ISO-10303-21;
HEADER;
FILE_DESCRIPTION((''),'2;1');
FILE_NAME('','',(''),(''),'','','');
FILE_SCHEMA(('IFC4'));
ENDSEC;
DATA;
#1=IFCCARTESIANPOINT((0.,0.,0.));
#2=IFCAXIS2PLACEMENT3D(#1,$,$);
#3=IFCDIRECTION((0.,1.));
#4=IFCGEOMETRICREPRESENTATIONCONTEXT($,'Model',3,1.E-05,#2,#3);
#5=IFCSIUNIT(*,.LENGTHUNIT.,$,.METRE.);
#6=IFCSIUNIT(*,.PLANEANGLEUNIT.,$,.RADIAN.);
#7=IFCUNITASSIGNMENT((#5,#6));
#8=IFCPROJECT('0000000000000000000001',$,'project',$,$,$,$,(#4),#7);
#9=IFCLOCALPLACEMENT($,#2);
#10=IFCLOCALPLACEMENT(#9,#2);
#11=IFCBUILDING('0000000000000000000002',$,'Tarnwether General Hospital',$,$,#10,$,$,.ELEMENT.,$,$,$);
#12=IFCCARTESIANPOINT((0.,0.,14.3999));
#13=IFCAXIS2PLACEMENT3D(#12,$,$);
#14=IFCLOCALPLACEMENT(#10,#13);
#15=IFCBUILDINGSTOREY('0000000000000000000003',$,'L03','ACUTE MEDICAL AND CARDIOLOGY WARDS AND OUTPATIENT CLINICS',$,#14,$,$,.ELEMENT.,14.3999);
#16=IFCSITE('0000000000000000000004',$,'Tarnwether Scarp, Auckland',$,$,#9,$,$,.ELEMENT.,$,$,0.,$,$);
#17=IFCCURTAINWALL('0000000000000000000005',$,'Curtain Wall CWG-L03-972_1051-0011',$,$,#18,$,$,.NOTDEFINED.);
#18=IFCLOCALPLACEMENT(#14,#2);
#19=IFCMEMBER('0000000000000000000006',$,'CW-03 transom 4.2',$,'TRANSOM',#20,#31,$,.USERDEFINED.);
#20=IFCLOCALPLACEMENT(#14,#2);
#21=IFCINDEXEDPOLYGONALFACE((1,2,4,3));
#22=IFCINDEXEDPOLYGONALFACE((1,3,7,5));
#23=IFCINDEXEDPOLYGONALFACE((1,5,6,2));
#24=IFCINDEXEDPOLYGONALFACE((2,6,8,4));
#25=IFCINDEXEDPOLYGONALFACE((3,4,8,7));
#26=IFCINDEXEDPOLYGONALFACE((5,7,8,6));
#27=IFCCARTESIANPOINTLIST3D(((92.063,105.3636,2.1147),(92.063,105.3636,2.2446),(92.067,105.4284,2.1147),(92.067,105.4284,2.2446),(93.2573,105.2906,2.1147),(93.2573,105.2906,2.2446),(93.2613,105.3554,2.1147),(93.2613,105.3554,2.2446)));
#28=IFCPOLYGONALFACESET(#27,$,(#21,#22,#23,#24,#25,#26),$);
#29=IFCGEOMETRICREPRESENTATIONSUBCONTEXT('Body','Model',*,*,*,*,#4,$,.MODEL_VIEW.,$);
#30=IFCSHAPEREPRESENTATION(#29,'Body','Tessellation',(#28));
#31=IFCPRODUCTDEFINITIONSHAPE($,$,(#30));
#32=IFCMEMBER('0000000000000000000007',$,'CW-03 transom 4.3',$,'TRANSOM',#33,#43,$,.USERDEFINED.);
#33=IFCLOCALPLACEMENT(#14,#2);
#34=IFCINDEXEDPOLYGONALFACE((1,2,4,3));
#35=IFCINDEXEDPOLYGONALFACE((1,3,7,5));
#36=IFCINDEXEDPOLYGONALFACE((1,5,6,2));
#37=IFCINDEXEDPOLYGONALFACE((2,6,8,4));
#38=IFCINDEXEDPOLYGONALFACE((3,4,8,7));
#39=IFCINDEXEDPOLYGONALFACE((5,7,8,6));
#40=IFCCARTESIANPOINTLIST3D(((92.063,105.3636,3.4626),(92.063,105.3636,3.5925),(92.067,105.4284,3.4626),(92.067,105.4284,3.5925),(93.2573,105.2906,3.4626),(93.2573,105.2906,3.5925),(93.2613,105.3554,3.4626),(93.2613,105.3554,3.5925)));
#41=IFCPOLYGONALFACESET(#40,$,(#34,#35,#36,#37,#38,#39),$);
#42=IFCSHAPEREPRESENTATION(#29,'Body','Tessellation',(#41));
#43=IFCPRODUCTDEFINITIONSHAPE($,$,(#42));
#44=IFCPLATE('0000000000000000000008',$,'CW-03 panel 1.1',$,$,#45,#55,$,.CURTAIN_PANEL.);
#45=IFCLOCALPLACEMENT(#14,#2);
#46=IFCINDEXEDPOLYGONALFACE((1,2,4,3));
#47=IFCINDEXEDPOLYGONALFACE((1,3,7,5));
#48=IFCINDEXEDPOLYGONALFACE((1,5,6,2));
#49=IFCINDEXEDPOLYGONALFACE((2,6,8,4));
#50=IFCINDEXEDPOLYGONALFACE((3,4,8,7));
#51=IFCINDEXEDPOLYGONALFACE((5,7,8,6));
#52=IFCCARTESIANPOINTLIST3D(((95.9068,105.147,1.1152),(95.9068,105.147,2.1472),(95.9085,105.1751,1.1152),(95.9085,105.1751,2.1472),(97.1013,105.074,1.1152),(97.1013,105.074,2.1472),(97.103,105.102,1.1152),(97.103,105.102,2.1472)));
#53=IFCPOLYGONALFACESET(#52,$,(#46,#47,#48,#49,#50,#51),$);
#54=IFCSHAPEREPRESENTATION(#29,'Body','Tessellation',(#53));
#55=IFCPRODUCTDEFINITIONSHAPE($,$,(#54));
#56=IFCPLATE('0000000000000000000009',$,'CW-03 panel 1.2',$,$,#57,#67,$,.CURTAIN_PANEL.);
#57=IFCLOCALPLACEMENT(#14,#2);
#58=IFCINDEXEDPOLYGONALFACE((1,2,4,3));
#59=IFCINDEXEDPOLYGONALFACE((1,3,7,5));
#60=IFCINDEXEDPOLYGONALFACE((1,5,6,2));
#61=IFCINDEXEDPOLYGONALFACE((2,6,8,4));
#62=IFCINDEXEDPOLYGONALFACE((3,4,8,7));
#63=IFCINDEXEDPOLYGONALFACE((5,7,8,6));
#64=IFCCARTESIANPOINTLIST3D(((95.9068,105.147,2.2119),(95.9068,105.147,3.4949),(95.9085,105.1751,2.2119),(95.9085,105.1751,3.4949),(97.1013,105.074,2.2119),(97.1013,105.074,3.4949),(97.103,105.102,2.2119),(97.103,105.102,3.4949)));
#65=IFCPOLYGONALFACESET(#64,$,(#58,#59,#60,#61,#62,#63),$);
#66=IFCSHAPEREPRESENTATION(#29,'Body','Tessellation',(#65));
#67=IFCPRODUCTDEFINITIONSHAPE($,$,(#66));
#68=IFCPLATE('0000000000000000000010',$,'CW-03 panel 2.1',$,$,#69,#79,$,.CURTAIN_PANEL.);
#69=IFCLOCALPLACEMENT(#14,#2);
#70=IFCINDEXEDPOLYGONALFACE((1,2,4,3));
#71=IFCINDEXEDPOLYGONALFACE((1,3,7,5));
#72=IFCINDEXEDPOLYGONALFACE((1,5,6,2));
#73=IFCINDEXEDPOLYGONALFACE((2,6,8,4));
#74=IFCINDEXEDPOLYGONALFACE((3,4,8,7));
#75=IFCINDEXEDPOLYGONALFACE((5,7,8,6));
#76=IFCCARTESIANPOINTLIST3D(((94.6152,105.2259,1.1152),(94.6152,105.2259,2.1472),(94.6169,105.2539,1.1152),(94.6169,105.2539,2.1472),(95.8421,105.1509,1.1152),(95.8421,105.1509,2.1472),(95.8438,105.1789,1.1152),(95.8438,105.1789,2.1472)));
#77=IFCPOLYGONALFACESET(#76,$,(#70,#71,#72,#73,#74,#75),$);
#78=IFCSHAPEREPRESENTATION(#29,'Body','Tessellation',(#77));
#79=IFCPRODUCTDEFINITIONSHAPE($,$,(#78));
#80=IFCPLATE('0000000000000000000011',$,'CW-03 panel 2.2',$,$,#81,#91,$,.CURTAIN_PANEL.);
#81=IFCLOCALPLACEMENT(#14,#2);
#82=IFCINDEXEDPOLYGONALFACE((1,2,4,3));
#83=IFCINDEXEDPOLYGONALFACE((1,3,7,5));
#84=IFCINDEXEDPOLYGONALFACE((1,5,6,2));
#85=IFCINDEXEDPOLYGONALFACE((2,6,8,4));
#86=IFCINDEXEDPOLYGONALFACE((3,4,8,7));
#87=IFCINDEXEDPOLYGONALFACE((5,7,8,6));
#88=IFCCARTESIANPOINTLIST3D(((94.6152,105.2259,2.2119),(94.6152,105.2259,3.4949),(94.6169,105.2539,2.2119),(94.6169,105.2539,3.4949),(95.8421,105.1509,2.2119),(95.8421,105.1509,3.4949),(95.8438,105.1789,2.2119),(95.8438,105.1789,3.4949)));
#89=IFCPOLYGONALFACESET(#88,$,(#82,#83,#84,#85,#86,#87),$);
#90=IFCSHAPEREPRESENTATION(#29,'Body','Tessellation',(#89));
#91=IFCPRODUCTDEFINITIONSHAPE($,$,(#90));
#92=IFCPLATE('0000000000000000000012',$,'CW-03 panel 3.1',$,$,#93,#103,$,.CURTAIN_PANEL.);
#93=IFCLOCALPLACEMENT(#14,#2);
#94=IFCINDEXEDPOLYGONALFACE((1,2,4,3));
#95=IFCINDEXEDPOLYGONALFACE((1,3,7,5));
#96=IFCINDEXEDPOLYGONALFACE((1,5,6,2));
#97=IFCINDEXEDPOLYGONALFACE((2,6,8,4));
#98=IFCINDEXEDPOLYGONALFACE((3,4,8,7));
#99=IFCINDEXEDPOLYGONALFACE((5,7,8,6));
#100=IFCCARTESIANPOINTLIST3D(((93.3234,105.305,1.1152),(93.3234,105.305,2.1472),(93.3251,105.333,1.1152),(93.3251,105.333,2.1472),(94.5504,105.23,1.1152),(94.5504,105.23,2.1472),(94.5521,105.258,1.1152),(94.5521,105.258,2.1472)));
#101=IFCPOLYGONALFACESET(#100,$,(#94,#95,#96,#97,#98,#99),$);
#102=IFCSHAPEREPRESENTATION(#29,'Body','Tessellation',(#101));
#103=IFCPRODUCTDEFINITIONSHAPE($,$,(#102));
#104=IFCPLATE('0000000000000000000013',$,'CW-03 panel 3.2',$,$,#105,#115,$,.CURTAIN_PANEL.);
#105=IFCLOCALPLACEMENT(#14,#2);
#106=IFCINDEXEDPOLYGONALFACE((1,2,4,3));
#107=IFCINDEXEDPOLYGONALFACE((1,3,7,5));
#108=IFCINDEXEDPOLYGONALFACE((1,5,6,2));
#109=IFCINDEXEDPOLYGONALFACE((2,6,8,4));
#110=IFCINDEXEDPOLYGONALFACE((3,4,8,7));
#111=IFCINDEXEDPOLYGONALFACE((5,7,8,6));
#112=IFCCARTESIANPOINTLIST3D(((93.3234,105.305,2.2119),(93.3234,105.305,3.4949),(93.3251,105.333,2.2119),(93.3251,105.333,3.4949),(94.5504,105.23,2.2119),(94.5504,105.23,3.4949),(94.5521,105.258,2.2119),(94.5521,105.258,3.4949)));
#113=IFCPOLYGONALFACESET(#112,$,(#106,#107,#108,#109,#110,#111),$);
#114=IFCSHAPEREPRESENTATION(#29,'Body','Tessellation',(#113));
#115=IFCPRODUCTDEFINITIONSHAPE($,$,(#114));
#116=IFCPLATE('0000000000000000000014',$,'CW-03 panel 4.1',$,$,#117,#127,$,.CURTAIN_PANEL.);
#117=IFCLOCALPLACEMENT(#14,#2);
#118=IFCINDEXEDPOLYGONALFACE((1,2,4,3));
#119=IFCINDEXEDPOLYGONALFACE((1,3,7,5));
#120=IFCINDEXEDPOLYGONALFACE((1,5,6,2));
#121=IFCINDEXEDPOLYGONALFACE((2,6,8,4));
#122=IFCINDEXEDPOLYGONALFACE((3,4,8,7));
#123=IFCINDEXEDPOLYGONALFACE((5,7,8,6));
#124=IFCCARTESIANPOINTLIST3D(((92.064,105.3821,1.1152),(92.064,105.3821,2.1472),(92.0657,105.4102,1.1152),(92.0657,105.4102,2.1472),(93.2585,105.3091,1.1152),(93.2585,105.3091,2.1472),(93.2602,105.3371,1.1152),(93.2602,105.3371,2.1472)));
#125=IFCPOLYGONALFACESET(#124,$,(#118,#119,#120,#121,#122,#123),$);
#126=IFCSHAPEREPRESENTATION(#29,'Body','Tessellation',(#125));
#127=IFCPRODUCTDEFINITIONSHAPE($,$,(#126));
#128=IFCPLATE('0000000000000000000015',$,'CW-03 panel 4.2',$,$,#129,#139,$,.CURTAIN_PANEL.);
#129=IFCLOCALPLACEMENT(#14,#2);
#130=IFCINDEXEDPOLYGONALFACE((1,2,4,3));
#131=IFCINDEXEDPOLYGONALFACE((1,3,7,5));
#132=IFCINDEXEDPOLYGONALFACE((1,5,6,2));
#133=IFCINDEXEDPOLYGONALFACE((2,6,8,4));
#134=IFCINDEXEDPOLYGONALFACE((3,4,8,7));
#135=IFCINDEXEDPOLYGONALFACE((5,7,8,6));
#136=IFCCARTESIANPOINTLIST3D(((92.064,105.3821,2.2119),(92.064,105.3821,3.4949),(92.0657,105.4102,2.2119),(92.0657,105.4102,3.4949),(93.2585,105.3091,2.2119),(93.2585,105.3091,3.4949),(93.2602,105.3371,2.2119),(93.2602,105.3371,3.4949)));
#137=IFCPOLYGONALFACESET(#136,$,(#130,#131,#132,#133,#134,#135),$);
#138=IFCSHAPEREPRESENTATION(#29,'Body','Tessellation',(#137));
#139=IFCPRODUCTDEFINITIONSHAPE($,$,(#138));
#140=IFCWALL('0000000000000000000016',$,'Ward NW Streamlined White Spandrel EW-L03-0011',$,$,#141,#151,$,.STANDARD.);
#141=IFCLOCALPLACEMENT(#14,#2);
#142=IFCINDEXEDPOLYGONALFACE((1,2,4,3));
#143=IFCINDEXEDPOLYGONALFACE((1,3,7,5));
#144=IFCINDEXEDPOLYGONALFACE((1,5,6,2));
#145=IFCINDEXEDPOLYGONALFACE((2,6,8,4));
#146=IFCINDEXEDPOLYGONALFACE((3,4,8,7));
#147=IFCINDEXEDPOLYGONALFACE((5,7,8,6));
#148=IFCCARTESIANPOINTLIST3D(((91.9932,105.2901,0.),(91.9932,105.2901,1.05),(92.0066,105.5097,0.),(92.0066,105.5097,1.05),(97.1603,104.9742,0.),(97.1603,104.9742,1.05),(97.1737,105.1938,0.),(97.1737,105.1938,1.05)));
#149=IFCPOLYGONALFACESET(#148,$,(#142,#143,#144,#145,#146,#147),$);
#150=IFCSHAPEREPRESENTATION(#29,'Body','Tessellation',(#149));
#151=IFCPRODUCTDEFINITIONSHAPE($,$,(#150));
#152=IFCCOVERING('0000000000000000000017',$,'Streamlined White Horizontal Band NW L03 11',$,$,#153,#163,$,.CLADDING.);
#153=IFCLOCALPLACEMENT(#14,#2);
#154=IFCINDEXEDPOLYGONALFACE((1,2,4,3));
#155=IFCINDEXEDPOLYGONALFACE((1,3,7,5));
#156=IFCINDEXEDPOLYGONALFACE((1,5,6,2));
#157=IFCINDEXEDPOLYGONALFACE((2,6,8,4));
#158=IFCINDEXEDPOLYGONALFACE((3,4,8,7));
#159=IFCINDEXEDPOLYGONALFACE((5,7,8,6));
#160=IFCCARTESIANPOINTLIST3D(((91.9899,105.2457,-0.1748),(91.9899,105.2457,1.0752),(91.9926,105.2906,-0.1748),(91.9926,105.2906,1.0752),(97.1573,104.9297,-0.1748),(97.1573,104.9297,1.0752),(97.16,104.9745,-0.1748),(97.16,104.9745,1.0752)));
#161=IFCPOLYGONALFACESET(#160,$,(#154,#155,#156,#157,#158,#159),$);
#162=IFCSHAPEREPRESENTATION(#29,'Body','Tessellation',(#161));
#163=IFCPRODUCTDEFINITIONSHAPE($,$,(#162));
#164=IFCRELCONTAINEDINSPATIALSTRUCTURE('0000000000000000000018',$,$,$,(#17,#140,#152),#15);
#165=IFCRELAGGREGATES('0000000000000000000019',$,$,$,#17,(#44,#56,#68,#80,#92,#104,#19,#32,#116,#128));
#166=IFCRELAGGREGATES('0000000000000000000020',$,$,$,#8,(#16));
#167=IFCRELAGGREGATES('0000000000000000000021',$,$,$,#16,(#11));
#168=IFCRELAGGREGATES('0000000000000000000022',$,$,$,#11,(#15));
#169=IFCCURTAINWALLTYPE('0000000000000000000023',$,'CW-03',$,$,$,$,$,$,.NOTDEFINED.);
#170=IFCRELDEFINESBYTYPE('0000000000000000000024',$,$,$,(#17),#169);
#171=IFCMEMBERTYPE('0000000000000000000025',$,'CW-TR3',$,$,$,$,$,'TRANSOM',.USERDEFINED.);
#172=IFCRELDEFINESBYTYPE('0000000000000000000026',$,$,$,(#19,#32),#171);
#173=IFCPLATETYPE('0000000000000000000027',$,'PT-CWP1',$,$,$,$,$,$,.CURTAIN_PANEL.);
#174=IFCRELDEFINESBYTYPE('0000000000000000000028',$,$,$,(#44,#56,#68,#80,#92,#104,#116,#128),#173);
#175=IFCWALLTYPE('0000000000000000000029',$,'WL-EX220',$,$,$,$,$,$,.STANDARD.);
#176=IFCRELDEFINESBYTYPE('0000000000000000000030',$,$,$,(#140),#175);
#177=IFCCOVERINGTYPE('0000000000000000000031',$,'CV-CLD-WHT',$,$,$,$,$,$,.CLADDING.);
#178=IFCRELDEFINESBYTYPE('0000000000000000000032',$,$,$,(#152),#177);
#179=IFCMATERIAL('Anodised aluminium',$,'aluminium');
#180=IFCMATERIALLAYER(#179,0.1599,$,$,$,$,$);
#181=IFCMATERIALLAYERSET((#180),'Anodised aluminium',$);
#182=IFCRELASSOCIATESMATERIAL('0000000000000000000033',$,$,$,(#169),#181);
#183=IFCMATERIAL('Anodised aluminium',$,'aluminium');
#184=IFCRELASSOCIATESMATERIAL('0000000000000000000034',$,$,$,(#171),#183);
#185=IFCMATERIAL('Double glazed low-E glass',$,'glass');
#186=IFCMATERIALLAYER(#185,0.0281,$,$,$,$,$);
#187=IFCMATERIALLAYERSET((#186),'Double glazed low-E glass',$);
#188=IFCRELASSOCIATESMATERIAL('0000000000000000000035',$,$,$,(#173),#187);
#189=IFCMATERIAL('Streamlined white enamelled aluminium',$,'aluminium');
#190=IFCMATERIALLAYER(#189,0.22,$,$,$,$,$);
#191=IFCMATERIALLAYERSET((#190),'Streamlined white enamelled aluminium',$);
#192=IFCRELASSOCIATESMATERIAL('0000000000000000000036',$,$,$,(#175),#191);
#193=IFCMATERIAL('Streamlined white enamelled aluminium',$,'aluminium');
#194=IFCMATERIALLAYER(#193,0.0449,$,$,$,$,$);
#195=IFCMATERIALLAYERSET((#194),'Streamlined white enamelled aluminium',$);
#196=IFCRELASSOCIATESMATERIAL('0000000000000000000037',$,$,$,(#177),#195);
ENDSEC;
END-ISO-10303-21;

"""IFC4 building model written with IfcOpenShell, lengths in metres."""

from ifc_helpers import new_model, si_unit, direction, frame, frame_2d, origin, origin_2d, place, context, subcontext, project, spatial, rectangle, extrude, material, layer, layer_set, material_profile, profile_set, type_object, element, aggregate, save


model = new_model("IFC4")

# Units and contexts
model_context = context("Model", 3, precision=1e-05, world=origin(), true_north=direction((0.0, 1.0)))
body_context = subcontext(model_context, "Body", "Model", "MODEL_VIEW")
ifc_project = project(units=[si_unit("LENGTHUNIT", "METRE"), si_unit("PLANEANGLEUNIT", "RADIAN")], contexts=[model_context])

# Site, building, storey
site_placement = place(None, origin())
site = spatial("IfcSite", under=ifc_project, at=site_placement, Name="Tarnwether Scarp, Auckland", CompositionType="ELEMENT", RefElevation=0.0)
building_placement = place(site_placement, origin())
building = spatial("IfcBuilding", under=site, at=building_placement, Name="Tarnwether General Hospital", CompositionType="ELEMENT")
storey_placement = place(building_placement, frame((0.0, 0.0, 14.3999)))
storey = spatial("IfcBuildingStorey", under=building, at=storey_placement, Name="L03", Description="ACUTE MEDICAL AND CARDIOLOGY WARDS AND OUTPATIENT CLINICS", CompositionType="ELEMENT", Elevation=14.3999)

# Curtain wall, members, plates
ifc_material_1 = material(Name="Anodised aluminium", Category="aluminium")
ifc_layer_1 = layer(ifc_material_1, 0.1599)
ifc_layer_set_1 = layer_set([ifc_layer_1], Name="Anodised aluminium")
curtain_wall_type = type_object("IfcCurtainWallType", Name="CW-03", PredefinedType="NOTDEFINED", material=ifc_layer_set_1)
curtain_wall_placement = place(storey_placement, origin())
curtain_wall = element("IfcCurtainWall", 1, at=curtain_wall_placement, inside=storey, type_object=curtain_wall_type, Name="Curtain Wall CWG-L03-972_1051-0011", PredefinedType="NOTDEFINED")
ifc_material_2 = material(Name="Anodised aluminium", Category="aluminium")
ifc_material_profile_1 = material_profile(ifc_material_2, rectangle(XDim=0.0649, YDim=0.1299, at=origin_2d()), Name="ALU-TRN-65x130")
ifc_profile_set_1 = profile_set([ifc_material_profile_1], Name="Anodised aluminium")
member_type_1 = type_object("IfcMemberType", Name="CW-TR3", ElementType="TRANSOM", PredefinedType="USERDEFINED", material=ifc_profile_set_1)
member_1_placement = place(storey_placement, frame((93.2593, 105.323, 2.1797), z_axis=(-0.998137, 0.061006, 0.0), x_axis=(-0.061006, -0.998137, 0.0)))
member_1 = element("IfcMember", 2, at=member_1_placement, type_object=member_type_1, Name="CW-03 transom 4.2", ObjectType="TRANSOM", PredefinedType="USERDEFINED", context=body_context, shape_type="SweptSolid", body=[
    extrude(rectangle(XDim=0.0649, YDim=0.1299, at=origin_2d()), origin(), (0.0, 0.0, 1.0), 1.1965),
])
member_2_placement = place(storey_placement, frame((93.2593, 105.323, 3.5276), z_axis=(-0.998137, 0.061006, 0.0), x_axis=(-0.061006, -0.998137, 0.0)))
member_2 = element("IfcMember", 3, at=member_2_placement, type_object=member_type_1, Name="CW-03 transom 4.3", ObjectType="TRANSOM", PredefinedType="USERDEFINED", context=body_context, shape_type="SweptSolid", body=[
    extrude(rectangle(XDim=0.0649, YDim=0.1299, at=origin_2d()), origin(), (0.0, 0.0, 1.0), 1.1965),
])
ifc_material_3 = material(Name="Double glazed low-E glass", Category="glass")
ifc_layer_2 = layer(ifc_material_3, 0.0281)
ifc_layer_set_2 = layer_set([ifc_layer_2], Name="Double glazed low-E glass")
plate_type = type_object("IfcPlateType", Name="PT-CWP1", PredefinedType="CURTAIN_PANEL", material=ifc_layer_set_2)
plate_1_placement = place(storey_placement, frame((96.5049, 105.1245, 1.1152), z_axis=(0.0, 0.0, 1.0), x_axis=(-0.998135, 0.061043, 0.0)))
plate_1 = element("IfcPlate", 4, at=plate_1_placement, type_object=plate_type, Name="CW-03 panel 1.1", PredefinedType="CURTAIN_PANEL", context=body_context, shape_type="SweptSolid", body=[
    extrude(rectangle(XDim=1.1968, YDim=0.0281, at=origin_2d()), origin(), (0.0, 0.0, 1.0), 1.032),
])
plate_2_placement = place(storey_placement, frame((96.5049, 105.1245, 2.2119), z_axis=(0.0, 0.0, 1.0), x_axis=(-0.998135, 0.061043, 0.0)))
plate_2 = element("IfcPlate", 5, at=plate_2_placement, type_object=plate_type, Name="CW-03 panel 1.2", PredefinedType="CURTAIN_PANEL", context=body_context, shape_type="SweptSolid", body=[
    extrude(rectangle(XDim=1.1968, YDim=0.0281, at=origin_2d()), origin(), (0.0, 0.0, 1.0), 1.283),
])
plate_3_placement = place(storey_placement, frame((95.2295, 105.2024, 1.1152), z_axis=(0.0, 0.0, 1.0), x_axis=(-0.998135, 0.061043, 0.0)))
plate_3 = element("IfcPlate", 6, at=plate_3_placement, type_object=plate_type, Name="CW-03 panel 2.1", PredefinedType="CURTAIN_PANEL", context=body_context, shape_type="SweptSolid", body=[
    extrude(rectangle(XDim=1.2292, YDim=0.0281, at=origin_2d()), origin(), (0.0, 0.0, 1.0), 1.032),
])
plate_4_placement = place(storey_placement, frame((95.2295, 105.2024, 2.2119), z_axis=(0.0, 0.0, 1.0), x_axis=(-0.998135, 0.061043, 0.0)))
plate_4 = element("IfcPlate", 7, at=plate_4_placement, type_object=plate_type, Name="CW-03 panel 2.2", PredefinedType="CURTAIN_PANEL", context=body_context, shape_type="SweptSolid", body=[
    extrude(rectangle(XDim=1.2292, YDim=0.0281, at=origin_2d()), origin(), (0.0, 0.0, 1.0), 1.283),
])
plate_5_placement = place(storey_placement, frame((93.9377, 105.2815, 1.1152), z_axis=(0.0, 0.0, 1.0), x_axis=(-0.998135, 0.061043, 0.0)))
plate_5 = element("IfcPlate", 8, at=plate_5_placement, type_object=plate_type, Name="CW-03 panel 3.1", PredefinedType="CURTAIN_PANEL", context=body_context, shape_type="SweptSolid", body=[
    extrude(rectangle(XDim=1.2292, YDim=0.0281, at=origin_2d()), origin(), (0.0, 0.0, 1.0), 1.032),
])
plate_6_placement = place(storey_placement, frame((93.9377, 105.2815, 2.2119), z_axis=(0.0, 0.0, 1.0), x_axis=(-0.998135, 0.061043, 0.0)))
plate_6 = element("IfcPlate", 9, at=plate_6_placement, type_object=plate_type, Name="CW-03 panel 3.2", PredefinedType="CURTAIN_PANEL", context=body_context, shape_type="SweptSolid", body=[
    extrude(rectangle(XDim=1.2292, YDim=0.0281, at=origin_2d()), origin(), (0.0, 0.0, 1.0), 1.283),
])
plate_7_placement = place(storey_placement, frame((92.6621, 105.3596, 1.1152), z_axis=(0.0, 0.0, 1.0), x_axis=(-0.998135, 0.061043, 0.0)))
plate_7 = element("IfcPlate", 10, at=plate_7_placement, type_object=plate_type, Name="CW-03 panel 4.1", PredefinedType="CURTAIN_PANEL", context=body_context, shape_type="SweptSolid", body=[
    extrude(rectangle(XDim=1.1968, YDim=0.0281, at=origin_2d()), origin(), (0.0, 0.0, 1.0), 1.032),
])
plate_8_placement = place(storey_placement, frame((92.6621, 105.3596, 2.2119), z_axis=(0.0, 0.0, 1.0), x_axis=(-0.998135, 0.061043, 0.0)))
plate_8 = element("IfcPlate", 11, at=plate_8_placement, type_object=plate_type, Name="CW-03 panel 4.2", PredefinedType="CURTAIN_PANEL", context=body_context, shape_type="SweptSolid", body=[
    extrude(rectangle(XDim=1.1968, YDim=0.0281, at=origin_2d()), origin(), (0.0, 0.0, 1.0), 1.283),
])
aggregate(curtain_wall, [plate_1, plate_2, plate_3, plate_4, plate_5, plate_6, member_1, member_2, plate_7, plate_8])

# Wall
ifc_material_4 = material(Name="Streamlined white enamelled aluminium", Category="aluminium")
ifc_layer_3 = layer(ifc_material_4, 0.22)
ifc_layer_set_3 = layer_set([ifc_layer_3], Name="Streamlined white enamelled aluminium")
wall_type = type_object("IfcWallType", Name="WL-EX220", PredefinedType="STANDARD", material=ifc_layer_set_3)
wall_placement = place(storey_placement, frame((97.167, 105.084, 0.0), z_axis=(0.0, 0.0, 1.0), x_axis=(-0.998136, 0.061028, 0.0)))
element("IfcWall", 12, at=wall_placement, inside=storey, type_object=wall_type, Name="Ward NW Streamlined White Spandrel EW-L03-0011", PredefinedType="STANDARD", context=body_context, shape_type="SweptSolid", body=[
    extrude(rectangle(XDim=5.1768, YDim=0.22, at=frame_2d((2.5884, 0.0))), origin(), (0.0, 0.0, 1.0), 1.05),
])

# Covering
ifc_material_5 = material(Name="Streamlined white enamelled aluminium", Category="aluminium")
ifc_layer_4 = layer(ifc_material_5, 0.0449)
ifc_layer_set_4 = layer_set([ifc_layer_4], Name="Streamlined white enamelled aluminium")
covering_type = type_object("IfcCoveringType", Name="CV-CLD-WHT", PredefinedType="CLADDING", material=ifc_layer_set_4)
covering_placement = place(storey_placement, frame((94.575, 105.1101, -0.1748), z_axis=(0.0, 0.0, 1.0), x_axis=(-0.998135, 0.061049, 0.0)))
element("IfcCovering", 13, at=covering_placement, inside=storey, type_object=covering_type, Name="Streamlined White Horizontal Band NW L03 11", PredefinedType="CLADDING", context=body_context, shape_type="SweptSolid", body=[
    extrude(rectangle(XDim=5.177, YDim=0.0449, at=origin_2d()), origin(), (0.0, 0.0, 1.0), 1.25),
])

save(model, "model.ifc")
